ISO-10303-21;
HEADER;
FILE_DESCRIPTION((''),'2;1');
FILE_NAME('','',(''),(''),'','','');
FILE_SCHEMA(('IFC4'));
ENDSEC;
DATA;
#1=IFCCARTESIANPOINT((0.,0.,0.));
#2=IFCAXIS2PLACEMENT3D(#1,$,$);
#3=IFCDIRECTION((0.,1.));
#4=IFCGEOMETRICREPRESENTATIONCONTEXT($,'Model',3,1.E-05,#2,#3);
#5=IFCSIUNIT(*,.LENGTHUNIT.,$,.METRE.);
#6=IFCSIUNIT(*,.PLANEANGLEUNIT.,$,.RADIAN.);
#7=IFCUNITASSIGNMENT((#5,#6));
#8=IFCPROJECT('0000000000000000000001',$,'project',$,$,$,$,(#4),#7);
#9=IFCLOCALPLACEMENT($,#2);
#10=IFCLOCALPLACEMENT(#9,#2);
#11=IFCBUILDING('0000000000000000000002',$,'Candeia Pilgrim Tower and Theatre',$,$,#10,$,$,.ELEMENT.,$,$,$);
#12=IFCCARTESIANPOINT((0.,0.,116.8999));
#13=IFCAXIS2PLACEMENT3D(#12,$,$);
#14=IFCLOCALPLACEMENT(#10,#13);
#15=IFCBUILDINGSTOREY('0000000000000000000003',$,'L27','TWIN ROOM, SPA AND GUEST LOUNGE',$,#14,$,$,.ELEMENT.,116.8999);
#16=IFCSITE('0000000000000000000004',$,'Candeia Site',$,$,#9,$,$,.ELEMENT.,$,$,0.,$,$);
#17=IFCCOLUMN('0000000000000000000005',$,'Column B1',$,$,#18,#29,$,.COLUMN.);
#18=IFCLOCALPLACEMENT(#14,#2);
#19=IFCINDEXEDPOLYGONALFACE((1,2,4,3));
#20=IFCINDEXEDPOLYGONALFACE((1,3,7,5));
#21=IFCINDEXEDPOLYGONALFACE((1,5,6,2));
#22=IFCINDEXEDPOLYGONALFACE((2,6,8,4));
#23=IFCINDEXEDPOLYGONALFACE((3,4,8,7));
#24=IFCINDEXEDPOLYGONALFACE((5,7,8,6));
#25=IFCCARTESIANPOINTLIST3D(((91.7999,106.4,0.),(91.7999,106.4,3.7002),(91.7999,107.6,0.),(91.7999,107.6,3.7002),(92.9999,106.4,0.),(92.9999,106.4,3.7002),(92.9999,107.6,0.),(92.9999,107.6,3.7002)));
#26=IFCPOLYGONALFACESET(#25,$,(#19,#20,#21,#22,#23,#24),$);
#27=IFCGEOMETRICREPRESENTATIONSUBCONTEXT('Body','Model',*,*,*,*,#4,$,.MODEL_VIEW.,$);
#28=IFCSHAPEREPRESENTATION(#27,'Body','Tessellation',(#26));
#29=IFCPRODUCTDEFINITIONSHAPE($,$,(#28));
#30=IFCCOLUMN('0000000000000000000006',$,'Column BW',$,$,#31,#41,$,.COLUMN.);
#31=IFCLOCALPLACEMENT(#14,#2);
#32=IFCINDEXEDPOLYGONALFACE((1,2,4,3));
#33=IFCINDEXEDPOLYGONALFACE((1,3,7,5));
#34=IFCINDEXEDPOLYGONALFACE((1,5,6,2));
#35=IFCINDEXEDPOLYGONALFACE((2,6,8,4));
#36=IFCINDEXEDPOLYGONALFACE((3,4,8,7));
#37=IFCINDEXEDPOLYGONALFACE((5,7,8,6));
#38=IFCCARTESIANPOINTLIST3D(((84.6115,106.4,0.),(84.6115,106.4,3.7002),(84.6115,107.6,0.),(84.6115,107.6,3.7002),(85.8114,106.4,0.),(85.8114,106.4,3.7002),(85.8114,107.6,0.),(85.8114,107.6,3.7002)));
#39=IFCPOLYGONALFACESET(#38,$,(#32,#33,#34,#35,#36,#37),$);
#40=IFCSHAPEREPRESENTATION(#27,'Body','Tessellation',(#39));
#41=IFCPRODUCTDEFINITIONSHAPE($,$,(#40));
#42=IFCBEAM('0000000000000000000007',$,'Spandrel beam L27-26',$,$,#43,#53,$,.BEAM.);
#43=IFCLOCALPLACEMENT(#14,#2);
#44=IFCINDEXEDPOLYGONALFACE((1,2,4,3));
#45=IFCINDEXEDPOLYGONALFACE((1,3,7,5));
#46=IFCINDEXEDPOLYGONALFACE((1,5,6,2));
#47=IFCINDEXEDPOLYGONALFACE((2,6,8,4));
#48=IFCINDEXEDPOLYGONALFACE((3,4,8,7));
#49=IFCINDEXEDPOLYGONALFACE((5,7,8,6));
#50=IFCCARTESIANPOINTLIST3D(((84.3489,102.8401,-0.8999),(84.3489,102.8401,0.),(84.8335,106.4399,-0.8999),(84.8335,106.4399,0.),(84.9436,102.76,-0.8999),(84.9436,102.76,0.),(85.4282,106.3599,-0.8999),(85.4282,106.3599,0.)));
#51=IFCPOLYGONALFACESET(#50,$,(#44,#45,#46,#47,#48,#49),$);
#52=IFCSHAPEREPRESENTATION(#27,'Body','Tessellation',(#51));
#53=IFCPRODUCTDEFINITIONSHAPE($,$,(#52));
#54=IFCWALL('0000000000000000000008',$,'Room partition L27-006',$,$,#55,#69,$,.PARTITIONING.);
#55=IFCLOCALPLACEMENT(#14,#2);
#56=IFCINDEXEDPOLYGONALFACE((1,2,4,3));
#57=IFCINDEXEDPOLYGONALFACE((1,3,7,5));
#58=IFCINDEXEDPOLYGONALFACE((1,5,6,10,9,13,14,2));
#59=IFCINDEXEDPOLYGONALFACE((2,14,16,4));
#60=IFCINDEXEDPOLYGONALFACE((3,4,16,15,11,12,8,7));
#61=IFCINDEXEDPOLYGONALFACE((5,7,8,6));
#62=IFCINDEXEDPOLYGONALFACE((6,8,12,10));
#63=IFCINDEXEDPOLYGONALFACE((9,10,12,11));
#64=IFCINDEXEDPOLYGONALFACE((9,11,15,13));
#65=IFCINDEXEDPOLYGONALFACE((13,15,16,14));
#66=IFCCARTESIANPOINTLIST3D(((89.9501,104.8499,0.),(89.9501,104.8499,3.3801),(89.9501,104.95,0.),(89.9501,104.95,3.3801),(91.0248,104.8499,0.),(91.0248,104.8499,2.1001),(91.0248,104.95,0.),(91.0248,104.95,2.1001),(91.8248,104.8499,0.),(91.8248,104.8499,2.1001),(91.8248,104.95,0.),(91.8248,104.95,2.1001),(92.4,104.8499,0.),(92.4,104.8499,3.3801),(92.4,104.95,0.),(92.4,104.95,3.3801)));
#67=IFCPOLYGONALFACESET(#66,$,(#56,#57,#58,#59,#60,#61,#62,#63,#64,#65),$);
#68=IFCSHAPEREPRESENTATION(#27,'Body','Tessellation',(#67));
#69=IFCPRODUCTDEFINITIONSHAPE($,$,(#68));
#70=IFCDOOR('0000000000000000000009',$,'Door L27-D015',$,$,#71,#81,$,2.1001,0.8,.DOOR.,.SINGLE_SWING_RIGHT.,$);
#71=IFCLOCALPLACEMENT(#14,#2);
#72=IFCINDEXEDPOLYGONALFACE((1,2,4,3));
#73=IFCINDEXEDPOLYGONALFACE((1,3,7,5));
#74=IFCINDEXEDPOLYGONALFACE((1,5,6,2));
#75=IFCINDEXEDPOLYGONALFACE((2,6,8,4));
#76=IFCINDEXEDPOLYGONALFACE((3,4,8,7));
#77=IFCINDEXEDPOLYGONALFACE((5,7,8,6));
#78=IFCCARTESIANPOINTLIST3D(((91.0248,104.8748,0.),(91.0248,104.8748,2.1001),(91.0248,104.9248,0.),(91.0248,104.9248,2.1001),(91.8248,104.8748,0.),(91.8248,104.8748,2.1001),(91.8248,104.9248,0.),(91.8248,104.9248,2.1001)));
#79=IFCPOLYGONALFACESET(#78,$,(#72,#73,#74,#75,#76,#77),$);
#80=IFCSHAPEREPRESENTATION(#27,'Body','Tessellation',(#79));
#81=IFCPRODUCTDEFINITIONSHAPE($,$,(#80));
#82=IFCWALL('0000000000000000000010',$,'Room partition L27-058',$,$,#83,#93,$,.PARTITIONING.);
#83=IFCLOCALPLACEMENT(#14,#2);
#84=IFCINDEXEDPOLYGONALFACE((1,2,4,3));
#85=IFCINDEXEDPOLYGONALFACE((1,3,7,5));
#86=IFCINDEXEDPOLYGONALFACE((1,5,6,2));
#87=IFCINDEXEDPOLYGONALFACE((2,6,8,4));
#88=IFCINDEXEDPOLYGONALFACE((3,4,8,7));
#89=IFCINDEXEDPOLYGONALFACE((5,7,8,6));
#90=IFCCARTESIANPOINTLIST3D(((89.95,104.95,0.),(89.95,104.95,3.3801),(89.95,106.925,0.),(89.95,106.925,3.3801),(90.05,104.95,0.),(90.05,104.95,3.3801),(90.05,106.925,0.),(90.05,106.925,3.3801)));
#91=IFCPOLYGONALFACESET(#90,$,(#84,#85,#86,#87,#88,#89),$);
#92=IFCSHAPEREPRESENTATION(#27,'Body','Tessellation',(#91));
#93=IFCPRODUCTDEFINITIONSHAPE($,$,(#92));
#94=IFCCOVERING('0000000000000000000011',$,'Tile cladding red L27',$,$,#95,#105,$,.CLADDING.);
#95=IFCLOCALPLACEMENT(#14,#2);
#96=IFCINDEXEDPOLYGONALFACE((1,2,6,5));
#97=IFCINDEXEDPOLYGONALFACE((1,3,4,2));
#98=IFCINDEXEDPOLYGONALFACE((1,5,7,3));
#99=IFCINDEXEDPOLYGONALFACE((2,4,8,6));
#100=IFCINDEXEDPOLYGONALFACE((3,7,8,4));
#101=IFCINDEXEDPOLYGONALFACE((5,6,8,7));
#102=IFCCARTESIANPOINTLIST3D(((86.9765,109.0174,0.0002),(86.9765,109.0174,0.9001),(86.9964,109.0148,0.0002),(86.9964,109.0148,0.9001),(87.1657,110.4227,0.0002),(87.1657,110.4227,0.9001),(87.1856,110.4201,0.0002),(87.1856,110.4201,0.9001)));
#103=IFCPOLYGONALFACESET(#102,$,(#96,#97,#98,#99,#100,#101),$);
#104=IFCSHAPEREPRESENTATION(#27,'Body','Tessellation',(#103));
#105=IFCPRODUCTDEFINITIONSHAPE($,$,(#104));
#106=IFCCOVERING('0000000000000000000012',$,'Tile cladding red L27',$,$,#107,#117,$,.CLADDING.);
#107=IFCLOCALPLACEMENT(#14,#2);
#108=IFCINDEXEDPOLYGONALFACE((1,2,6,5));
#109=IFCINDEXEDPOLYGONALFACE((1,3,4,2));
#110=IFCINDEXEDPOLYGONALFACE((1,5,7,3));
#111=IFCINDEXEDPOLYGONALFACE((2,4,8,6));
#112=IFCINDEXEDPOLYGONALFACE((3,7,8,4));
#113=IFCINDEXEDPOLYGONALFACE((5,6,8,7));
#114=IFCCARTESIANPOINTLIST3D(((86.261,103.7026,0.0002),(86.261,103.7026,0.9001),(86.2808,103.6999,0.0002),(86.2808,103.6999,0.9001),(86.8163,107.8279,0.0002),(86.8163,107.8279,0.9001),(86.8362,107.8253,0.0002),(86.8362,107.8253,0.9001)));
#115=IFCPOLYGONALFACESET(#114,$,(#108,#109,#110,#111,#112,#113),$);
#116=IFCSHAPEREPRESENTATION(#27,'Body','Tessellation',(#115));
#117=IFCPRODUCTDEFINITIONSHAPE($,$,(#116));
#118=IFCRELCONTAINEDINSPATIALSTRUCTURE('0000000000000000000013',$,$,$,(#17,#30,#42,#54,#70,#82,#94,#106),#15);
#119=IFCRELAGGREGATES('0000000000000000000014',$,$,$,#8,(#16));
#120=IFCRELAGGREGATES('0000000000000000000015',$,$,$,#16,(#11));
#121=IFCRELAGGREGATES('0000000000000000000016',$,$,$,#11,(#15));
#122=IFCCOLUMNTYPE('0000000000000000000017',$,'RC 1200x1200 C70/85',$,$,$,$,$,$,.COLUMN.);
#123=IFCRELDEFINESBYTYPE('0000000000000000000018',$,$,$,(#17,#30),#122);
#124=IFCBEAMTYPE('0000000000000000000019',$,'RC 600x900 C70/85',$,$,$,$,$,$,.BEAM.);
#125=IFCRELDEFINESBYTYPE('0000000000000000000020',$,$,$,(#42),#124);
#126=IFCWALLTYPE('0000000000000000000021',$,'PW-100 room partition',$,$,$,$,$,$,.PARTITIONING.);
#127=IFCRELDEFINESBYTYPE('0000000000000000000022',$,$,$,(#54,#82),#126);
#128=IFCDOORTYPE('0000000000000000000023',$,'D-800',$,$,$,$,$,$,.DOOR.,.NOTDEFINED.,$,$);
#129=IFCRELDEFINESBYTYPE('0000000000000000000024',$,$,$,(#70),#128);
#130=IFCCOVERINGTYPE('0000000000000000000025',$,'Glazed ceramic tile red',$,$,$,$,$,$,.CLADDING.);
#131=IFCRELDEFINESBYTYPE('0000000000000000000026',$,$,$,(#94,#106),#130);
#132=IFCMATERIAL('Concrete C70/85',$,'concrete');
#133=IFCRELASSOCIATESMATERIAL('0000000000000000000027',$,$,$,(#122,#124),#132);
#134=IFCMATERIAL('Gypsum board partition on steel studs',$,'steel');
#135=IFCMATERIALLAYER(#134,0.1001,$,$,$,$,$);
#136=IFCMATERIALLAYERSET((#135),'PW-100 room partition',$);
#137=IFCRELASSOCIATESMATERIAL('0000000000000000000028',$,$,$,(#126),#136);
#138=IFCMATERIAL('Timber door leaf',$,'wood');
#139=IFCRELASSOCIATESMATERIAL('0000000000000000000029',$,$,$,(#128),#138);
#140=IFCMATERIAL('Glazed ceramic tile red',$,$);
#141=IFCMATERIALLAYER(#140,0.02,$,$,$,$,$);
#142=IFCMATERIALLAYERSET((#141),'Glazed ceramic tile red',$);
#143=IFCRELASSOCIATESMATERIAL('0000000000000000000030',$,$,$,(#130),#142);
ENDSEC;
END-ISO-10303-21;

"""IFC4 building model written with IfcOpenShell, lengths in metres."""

from ifc_helpers import new_model, si_unit, direction, frame, frame_2d, origin, origin_2d, place, context, subcontext, project, spatial, rectangle, extrude, material, layer, layer_set, material_profile, profile_set, type_object, element, fill, save


model = new_model("IFC4")

# Units and contexts
model_context = context("Model", 3, precision=1e-05, world=origin(), true_north=direction((0.0, 1.0)))
body_context = subcontext(model_context, "Body", "Model", "MODEL_VIEW")
ifc_project = project(units=[si_unit("LENGTHUNIT", "METRE"), si_unit("PLANEANGLEUNIT", "RADIAN")], contexts=[model_context])

# Site, building, storey
site_placement = place(None, origin())
site = spatial("IfcSite", under=ifc_project, at=site_placement, Name="Candeia Site", CompositionType="ELEMENT", RefElevation=0.0)
building_placement = place(site_placement, origin())
building = spatial("IfcBuilding", under=site, at=building_placement, Name="Candeia Pilgrim Tower and Theatre", CompositionType="ELEMENT")
storey_placement = place(building_placement, frame((0.0, 0.0, 116.8999)))
storey = spatial("IfcBuildingStorey", under=building, at=storey_placement, Name="L27", Description="TWIN ROOM, SPA AND GUEST LOUNGE", CompositionType="ELEMENT", Elevation=116.8999)

# Columns
ifc_material_1 = material(Name="Concrete C70/85", Category="concrete")
ifc_material_profile_1 = material_profile(ifc_material_1, rectangle(XDim=1.2, YDim=1.2, at=origin_2d()))
ifc_profile_set_1 = profile_set([ifc_material_profile_1], Name="Concrete C70/85")
column_type = type_object("IfcColumnType", Name="RC 1200x1200 C70/85", PredefinedType="COLUMN", material=ifc_profile_set_1)
for number, where, z_axis, x_axis, name in (
    (1, (92.3999, 107.0, 0.0), (0.0, 0.0, 1.0), (1.0, 0.0, 0.0), "Column B1"),
    (2, (85.2114, 107.0, 0.0), (0.0, 0.0, 1.0), (1.0, 0.0, 0.0), "Column BW"),
):
    element("IfcColumn", number, at=place(storey_placement, frame(where, z_axis=z_axis, x_axis=x_axis)), inside=storey, type_object=column_type, Name=name, PredefinedType="COLUMN", context=body_context, shape_type="SweptSolid", body=[
        extrude(rectangle(XDim=1.2, YDim=1.2, at=origin_2d()), origin(), (0.0, 0.0, 1.0), 3.7002),
    ])

# Beam
ifc_material_profile_2 = material_profile(ifc_material_1, rectangle(XDim=0.6001, YDim=0.8999, at=origin_2d()))
ifc_profile_set_2 = profile_set([ifc_material_profile_2], Name="Concrete C70/85")
beam_type = type_object("IfcBeamType", Name="RC 600x900 C70/85", PredefinedType="BEAM", material=ifc_profile_set_2)
beam_placement = place(storey_placement, frame((85.1309, 106.3999, -0.45), z_axis=(-0.133418, -0.99106, 0.0), x_axis=(0.99106, -0.133418, 0.0)))
element("IfcBeam", 3, at=beam_placement, inside=storey, type_object=beam_type, Name="Spandrel beam L27-26", PredefinedType="BEAM", context=body_context, shape_type="SweptSolid", body=[
    extrude(rectangle(XDim=0.6001, YDim=0.8999, at=origin_2d()), origin(), (0.0, 0.0, 1.0), 3.6323),
])

# Wall, opening, door
ifc_material_2 = material(Name="Gypsum board partition on steel studs", Category="steel")
ifc_layer_1 = layer(ifc_material_2, 0.1001)
ifc_layer_set_1 = layer_set([ifc_layer_1], Name="PW-100 room partition")
wall_type_1 = type_object("IfcWallType", Name="PW-100 room partition", PredefinedType="PARTITIONING", material=ifc_layer_set_1)
wall_1_placement = place(storey_placement, frame((89.95, 104.8999, 0.0), z_axis=(0.0, 0.0, 1.0), x_axis=(1.0, 0.0, 0.0)))
wall_1 = element("IfcWall", 4, at=wall_1_placement, inside=storey, type_object=wall_type_1, Name="Room partition L27-006", PredefinedType="PARTITIONING", context=body_context, shape_type="SweptSolid", body=[
    extrude(rectangle(XDim=2.45, YDim=0.1001, at=frame_2d((1.2251, 0.0))), origin(), (0.0, 0.0, 1.0), 3.3801),
])
opening_1_placement = place(wall_1_placement, frame((1.075, 0.0, 0.0)))
opening_1 = element("IfcOpeningElement", 5, at=opening_1_placement, cuts=wall_1, PredefinedType="OPENING", context=body_context, shape_type="SweptSolid", body=[
    extrude(rectangle(XDim=0.8, YDim=2.1001, at=frame_2d((0.3999, 1.05))), frame((0.0, 0.0601, 0.0), z_axis=(0.0, -1.0, 0.0), x_axis=(1.0, 0.0, 0.0)), (0.0, 0.0, 1.0), 0.1201),
])
ifc_material_3 = material(Name="Timber door leaf", Category="wood")
door_type_1 = type_object("IfcDoorType", Name="D-800", OperationType="NOTDEFINED", PredefinedType="DOOR", material=ifc_material_3)
door_1_placement = place(opening_1_placement, origin())
door_1 = element("IfcDoor", 6, at=door_1_placement, inside=storey, type_object=door_type_1, Name="Door L27-D015", OperationType="SINGLE_SWING_RIGHT", OverallHeight=2.1001, OverallWidth=0.8, PredefinedType="DOOR", context=body_context, shape_type="SweptSolid", body=[
    extrude(rectangle(XDim=0.8, YDim=2.1001, at=frame_2d((0.3999, 1.05))), frame((0.0, 0.0249, 0.0), z_axis=(0.0, -1.0, 0.0), x_axis=(1.0, 0.0, 0.0)), (0.0, 0.0, 1.0), 0.05),
])
fill(opening_1, door_1)

# Wall
wall_2_placement = place(storey_placement, frame((90.0, 104.95, 0.0), z_axis=(0.0, 0.0, 1.0), x_axis=(0.0, 1.0, 0.0)))
element("IfcWall", 7, at=wall_2_placement, inside=storey, type_object=wall_type_1, Name="Room partition L27-058", PredefinedType="PARTITIONING", context=body_context, shape_type="SweptSolid", body=[
    extrude(rectangle(XDim=1.9751, YDim=0.1001, at=frame_2d((0.9875, 0.0))), origin(), (0.0, 0.0, 1.0), 3.3801),
])

# Coverings
ifc_material_4 = material(Name="Glazed ceramic tile red")
ifc_layer_2 = layer(ifc_material_4, 0.02)
ifc_layer_set_2 = layer_set([ifc_layer_2], Name="Glazed ceramic tile red")
covering_type = type_object("IfcCoveringType", Name="Glazed ceramic tile red", PredefinedType="CLADDING", material=ifc_layer_set_2)
covering_1_placement = place(storey_placement, frame((87.0811, 109.7188, 0.0002), z_axis=(0.0, 0.0, 1.0), x_axis=(-0.133412, -0.991061, 0.0)))
element("IfcCovering", 8, at=covering_1_placement, inside=storey, type_object=covering_type, Name="Tile cladding red L27", PredefinedType="CLADDING", context=body_context, shape_type="SweptSolid", body=[
    extrude(rectangle(XDim=1.418, YDim=0.02, at=origin_2d()), origin(), (0.0, 0.0, 1.0), 0.8999),
])
covering_2_placement = place(storey_placement, frame((86.5486, 105.7639, 0.0002), z_axis=(0.0, 0.0, 1.0), x_axis=(-0.133412, -0.991061, 0.0)))
element("IfcCovering", 9, at=covering_2_placement, inside=storey, type_object=covering_type, Name="Tile cladding red L27", PredefinedType="CLADDING", context=body_context, shape_type="SweptSolid", body=[
    extrude(rectangle(XDim=4.1626, YDim=0.02, at=origin_2d()), origin(), (0.0, 0.0, 1.0), 0.8999),
])

save(model, "model.ifc")
